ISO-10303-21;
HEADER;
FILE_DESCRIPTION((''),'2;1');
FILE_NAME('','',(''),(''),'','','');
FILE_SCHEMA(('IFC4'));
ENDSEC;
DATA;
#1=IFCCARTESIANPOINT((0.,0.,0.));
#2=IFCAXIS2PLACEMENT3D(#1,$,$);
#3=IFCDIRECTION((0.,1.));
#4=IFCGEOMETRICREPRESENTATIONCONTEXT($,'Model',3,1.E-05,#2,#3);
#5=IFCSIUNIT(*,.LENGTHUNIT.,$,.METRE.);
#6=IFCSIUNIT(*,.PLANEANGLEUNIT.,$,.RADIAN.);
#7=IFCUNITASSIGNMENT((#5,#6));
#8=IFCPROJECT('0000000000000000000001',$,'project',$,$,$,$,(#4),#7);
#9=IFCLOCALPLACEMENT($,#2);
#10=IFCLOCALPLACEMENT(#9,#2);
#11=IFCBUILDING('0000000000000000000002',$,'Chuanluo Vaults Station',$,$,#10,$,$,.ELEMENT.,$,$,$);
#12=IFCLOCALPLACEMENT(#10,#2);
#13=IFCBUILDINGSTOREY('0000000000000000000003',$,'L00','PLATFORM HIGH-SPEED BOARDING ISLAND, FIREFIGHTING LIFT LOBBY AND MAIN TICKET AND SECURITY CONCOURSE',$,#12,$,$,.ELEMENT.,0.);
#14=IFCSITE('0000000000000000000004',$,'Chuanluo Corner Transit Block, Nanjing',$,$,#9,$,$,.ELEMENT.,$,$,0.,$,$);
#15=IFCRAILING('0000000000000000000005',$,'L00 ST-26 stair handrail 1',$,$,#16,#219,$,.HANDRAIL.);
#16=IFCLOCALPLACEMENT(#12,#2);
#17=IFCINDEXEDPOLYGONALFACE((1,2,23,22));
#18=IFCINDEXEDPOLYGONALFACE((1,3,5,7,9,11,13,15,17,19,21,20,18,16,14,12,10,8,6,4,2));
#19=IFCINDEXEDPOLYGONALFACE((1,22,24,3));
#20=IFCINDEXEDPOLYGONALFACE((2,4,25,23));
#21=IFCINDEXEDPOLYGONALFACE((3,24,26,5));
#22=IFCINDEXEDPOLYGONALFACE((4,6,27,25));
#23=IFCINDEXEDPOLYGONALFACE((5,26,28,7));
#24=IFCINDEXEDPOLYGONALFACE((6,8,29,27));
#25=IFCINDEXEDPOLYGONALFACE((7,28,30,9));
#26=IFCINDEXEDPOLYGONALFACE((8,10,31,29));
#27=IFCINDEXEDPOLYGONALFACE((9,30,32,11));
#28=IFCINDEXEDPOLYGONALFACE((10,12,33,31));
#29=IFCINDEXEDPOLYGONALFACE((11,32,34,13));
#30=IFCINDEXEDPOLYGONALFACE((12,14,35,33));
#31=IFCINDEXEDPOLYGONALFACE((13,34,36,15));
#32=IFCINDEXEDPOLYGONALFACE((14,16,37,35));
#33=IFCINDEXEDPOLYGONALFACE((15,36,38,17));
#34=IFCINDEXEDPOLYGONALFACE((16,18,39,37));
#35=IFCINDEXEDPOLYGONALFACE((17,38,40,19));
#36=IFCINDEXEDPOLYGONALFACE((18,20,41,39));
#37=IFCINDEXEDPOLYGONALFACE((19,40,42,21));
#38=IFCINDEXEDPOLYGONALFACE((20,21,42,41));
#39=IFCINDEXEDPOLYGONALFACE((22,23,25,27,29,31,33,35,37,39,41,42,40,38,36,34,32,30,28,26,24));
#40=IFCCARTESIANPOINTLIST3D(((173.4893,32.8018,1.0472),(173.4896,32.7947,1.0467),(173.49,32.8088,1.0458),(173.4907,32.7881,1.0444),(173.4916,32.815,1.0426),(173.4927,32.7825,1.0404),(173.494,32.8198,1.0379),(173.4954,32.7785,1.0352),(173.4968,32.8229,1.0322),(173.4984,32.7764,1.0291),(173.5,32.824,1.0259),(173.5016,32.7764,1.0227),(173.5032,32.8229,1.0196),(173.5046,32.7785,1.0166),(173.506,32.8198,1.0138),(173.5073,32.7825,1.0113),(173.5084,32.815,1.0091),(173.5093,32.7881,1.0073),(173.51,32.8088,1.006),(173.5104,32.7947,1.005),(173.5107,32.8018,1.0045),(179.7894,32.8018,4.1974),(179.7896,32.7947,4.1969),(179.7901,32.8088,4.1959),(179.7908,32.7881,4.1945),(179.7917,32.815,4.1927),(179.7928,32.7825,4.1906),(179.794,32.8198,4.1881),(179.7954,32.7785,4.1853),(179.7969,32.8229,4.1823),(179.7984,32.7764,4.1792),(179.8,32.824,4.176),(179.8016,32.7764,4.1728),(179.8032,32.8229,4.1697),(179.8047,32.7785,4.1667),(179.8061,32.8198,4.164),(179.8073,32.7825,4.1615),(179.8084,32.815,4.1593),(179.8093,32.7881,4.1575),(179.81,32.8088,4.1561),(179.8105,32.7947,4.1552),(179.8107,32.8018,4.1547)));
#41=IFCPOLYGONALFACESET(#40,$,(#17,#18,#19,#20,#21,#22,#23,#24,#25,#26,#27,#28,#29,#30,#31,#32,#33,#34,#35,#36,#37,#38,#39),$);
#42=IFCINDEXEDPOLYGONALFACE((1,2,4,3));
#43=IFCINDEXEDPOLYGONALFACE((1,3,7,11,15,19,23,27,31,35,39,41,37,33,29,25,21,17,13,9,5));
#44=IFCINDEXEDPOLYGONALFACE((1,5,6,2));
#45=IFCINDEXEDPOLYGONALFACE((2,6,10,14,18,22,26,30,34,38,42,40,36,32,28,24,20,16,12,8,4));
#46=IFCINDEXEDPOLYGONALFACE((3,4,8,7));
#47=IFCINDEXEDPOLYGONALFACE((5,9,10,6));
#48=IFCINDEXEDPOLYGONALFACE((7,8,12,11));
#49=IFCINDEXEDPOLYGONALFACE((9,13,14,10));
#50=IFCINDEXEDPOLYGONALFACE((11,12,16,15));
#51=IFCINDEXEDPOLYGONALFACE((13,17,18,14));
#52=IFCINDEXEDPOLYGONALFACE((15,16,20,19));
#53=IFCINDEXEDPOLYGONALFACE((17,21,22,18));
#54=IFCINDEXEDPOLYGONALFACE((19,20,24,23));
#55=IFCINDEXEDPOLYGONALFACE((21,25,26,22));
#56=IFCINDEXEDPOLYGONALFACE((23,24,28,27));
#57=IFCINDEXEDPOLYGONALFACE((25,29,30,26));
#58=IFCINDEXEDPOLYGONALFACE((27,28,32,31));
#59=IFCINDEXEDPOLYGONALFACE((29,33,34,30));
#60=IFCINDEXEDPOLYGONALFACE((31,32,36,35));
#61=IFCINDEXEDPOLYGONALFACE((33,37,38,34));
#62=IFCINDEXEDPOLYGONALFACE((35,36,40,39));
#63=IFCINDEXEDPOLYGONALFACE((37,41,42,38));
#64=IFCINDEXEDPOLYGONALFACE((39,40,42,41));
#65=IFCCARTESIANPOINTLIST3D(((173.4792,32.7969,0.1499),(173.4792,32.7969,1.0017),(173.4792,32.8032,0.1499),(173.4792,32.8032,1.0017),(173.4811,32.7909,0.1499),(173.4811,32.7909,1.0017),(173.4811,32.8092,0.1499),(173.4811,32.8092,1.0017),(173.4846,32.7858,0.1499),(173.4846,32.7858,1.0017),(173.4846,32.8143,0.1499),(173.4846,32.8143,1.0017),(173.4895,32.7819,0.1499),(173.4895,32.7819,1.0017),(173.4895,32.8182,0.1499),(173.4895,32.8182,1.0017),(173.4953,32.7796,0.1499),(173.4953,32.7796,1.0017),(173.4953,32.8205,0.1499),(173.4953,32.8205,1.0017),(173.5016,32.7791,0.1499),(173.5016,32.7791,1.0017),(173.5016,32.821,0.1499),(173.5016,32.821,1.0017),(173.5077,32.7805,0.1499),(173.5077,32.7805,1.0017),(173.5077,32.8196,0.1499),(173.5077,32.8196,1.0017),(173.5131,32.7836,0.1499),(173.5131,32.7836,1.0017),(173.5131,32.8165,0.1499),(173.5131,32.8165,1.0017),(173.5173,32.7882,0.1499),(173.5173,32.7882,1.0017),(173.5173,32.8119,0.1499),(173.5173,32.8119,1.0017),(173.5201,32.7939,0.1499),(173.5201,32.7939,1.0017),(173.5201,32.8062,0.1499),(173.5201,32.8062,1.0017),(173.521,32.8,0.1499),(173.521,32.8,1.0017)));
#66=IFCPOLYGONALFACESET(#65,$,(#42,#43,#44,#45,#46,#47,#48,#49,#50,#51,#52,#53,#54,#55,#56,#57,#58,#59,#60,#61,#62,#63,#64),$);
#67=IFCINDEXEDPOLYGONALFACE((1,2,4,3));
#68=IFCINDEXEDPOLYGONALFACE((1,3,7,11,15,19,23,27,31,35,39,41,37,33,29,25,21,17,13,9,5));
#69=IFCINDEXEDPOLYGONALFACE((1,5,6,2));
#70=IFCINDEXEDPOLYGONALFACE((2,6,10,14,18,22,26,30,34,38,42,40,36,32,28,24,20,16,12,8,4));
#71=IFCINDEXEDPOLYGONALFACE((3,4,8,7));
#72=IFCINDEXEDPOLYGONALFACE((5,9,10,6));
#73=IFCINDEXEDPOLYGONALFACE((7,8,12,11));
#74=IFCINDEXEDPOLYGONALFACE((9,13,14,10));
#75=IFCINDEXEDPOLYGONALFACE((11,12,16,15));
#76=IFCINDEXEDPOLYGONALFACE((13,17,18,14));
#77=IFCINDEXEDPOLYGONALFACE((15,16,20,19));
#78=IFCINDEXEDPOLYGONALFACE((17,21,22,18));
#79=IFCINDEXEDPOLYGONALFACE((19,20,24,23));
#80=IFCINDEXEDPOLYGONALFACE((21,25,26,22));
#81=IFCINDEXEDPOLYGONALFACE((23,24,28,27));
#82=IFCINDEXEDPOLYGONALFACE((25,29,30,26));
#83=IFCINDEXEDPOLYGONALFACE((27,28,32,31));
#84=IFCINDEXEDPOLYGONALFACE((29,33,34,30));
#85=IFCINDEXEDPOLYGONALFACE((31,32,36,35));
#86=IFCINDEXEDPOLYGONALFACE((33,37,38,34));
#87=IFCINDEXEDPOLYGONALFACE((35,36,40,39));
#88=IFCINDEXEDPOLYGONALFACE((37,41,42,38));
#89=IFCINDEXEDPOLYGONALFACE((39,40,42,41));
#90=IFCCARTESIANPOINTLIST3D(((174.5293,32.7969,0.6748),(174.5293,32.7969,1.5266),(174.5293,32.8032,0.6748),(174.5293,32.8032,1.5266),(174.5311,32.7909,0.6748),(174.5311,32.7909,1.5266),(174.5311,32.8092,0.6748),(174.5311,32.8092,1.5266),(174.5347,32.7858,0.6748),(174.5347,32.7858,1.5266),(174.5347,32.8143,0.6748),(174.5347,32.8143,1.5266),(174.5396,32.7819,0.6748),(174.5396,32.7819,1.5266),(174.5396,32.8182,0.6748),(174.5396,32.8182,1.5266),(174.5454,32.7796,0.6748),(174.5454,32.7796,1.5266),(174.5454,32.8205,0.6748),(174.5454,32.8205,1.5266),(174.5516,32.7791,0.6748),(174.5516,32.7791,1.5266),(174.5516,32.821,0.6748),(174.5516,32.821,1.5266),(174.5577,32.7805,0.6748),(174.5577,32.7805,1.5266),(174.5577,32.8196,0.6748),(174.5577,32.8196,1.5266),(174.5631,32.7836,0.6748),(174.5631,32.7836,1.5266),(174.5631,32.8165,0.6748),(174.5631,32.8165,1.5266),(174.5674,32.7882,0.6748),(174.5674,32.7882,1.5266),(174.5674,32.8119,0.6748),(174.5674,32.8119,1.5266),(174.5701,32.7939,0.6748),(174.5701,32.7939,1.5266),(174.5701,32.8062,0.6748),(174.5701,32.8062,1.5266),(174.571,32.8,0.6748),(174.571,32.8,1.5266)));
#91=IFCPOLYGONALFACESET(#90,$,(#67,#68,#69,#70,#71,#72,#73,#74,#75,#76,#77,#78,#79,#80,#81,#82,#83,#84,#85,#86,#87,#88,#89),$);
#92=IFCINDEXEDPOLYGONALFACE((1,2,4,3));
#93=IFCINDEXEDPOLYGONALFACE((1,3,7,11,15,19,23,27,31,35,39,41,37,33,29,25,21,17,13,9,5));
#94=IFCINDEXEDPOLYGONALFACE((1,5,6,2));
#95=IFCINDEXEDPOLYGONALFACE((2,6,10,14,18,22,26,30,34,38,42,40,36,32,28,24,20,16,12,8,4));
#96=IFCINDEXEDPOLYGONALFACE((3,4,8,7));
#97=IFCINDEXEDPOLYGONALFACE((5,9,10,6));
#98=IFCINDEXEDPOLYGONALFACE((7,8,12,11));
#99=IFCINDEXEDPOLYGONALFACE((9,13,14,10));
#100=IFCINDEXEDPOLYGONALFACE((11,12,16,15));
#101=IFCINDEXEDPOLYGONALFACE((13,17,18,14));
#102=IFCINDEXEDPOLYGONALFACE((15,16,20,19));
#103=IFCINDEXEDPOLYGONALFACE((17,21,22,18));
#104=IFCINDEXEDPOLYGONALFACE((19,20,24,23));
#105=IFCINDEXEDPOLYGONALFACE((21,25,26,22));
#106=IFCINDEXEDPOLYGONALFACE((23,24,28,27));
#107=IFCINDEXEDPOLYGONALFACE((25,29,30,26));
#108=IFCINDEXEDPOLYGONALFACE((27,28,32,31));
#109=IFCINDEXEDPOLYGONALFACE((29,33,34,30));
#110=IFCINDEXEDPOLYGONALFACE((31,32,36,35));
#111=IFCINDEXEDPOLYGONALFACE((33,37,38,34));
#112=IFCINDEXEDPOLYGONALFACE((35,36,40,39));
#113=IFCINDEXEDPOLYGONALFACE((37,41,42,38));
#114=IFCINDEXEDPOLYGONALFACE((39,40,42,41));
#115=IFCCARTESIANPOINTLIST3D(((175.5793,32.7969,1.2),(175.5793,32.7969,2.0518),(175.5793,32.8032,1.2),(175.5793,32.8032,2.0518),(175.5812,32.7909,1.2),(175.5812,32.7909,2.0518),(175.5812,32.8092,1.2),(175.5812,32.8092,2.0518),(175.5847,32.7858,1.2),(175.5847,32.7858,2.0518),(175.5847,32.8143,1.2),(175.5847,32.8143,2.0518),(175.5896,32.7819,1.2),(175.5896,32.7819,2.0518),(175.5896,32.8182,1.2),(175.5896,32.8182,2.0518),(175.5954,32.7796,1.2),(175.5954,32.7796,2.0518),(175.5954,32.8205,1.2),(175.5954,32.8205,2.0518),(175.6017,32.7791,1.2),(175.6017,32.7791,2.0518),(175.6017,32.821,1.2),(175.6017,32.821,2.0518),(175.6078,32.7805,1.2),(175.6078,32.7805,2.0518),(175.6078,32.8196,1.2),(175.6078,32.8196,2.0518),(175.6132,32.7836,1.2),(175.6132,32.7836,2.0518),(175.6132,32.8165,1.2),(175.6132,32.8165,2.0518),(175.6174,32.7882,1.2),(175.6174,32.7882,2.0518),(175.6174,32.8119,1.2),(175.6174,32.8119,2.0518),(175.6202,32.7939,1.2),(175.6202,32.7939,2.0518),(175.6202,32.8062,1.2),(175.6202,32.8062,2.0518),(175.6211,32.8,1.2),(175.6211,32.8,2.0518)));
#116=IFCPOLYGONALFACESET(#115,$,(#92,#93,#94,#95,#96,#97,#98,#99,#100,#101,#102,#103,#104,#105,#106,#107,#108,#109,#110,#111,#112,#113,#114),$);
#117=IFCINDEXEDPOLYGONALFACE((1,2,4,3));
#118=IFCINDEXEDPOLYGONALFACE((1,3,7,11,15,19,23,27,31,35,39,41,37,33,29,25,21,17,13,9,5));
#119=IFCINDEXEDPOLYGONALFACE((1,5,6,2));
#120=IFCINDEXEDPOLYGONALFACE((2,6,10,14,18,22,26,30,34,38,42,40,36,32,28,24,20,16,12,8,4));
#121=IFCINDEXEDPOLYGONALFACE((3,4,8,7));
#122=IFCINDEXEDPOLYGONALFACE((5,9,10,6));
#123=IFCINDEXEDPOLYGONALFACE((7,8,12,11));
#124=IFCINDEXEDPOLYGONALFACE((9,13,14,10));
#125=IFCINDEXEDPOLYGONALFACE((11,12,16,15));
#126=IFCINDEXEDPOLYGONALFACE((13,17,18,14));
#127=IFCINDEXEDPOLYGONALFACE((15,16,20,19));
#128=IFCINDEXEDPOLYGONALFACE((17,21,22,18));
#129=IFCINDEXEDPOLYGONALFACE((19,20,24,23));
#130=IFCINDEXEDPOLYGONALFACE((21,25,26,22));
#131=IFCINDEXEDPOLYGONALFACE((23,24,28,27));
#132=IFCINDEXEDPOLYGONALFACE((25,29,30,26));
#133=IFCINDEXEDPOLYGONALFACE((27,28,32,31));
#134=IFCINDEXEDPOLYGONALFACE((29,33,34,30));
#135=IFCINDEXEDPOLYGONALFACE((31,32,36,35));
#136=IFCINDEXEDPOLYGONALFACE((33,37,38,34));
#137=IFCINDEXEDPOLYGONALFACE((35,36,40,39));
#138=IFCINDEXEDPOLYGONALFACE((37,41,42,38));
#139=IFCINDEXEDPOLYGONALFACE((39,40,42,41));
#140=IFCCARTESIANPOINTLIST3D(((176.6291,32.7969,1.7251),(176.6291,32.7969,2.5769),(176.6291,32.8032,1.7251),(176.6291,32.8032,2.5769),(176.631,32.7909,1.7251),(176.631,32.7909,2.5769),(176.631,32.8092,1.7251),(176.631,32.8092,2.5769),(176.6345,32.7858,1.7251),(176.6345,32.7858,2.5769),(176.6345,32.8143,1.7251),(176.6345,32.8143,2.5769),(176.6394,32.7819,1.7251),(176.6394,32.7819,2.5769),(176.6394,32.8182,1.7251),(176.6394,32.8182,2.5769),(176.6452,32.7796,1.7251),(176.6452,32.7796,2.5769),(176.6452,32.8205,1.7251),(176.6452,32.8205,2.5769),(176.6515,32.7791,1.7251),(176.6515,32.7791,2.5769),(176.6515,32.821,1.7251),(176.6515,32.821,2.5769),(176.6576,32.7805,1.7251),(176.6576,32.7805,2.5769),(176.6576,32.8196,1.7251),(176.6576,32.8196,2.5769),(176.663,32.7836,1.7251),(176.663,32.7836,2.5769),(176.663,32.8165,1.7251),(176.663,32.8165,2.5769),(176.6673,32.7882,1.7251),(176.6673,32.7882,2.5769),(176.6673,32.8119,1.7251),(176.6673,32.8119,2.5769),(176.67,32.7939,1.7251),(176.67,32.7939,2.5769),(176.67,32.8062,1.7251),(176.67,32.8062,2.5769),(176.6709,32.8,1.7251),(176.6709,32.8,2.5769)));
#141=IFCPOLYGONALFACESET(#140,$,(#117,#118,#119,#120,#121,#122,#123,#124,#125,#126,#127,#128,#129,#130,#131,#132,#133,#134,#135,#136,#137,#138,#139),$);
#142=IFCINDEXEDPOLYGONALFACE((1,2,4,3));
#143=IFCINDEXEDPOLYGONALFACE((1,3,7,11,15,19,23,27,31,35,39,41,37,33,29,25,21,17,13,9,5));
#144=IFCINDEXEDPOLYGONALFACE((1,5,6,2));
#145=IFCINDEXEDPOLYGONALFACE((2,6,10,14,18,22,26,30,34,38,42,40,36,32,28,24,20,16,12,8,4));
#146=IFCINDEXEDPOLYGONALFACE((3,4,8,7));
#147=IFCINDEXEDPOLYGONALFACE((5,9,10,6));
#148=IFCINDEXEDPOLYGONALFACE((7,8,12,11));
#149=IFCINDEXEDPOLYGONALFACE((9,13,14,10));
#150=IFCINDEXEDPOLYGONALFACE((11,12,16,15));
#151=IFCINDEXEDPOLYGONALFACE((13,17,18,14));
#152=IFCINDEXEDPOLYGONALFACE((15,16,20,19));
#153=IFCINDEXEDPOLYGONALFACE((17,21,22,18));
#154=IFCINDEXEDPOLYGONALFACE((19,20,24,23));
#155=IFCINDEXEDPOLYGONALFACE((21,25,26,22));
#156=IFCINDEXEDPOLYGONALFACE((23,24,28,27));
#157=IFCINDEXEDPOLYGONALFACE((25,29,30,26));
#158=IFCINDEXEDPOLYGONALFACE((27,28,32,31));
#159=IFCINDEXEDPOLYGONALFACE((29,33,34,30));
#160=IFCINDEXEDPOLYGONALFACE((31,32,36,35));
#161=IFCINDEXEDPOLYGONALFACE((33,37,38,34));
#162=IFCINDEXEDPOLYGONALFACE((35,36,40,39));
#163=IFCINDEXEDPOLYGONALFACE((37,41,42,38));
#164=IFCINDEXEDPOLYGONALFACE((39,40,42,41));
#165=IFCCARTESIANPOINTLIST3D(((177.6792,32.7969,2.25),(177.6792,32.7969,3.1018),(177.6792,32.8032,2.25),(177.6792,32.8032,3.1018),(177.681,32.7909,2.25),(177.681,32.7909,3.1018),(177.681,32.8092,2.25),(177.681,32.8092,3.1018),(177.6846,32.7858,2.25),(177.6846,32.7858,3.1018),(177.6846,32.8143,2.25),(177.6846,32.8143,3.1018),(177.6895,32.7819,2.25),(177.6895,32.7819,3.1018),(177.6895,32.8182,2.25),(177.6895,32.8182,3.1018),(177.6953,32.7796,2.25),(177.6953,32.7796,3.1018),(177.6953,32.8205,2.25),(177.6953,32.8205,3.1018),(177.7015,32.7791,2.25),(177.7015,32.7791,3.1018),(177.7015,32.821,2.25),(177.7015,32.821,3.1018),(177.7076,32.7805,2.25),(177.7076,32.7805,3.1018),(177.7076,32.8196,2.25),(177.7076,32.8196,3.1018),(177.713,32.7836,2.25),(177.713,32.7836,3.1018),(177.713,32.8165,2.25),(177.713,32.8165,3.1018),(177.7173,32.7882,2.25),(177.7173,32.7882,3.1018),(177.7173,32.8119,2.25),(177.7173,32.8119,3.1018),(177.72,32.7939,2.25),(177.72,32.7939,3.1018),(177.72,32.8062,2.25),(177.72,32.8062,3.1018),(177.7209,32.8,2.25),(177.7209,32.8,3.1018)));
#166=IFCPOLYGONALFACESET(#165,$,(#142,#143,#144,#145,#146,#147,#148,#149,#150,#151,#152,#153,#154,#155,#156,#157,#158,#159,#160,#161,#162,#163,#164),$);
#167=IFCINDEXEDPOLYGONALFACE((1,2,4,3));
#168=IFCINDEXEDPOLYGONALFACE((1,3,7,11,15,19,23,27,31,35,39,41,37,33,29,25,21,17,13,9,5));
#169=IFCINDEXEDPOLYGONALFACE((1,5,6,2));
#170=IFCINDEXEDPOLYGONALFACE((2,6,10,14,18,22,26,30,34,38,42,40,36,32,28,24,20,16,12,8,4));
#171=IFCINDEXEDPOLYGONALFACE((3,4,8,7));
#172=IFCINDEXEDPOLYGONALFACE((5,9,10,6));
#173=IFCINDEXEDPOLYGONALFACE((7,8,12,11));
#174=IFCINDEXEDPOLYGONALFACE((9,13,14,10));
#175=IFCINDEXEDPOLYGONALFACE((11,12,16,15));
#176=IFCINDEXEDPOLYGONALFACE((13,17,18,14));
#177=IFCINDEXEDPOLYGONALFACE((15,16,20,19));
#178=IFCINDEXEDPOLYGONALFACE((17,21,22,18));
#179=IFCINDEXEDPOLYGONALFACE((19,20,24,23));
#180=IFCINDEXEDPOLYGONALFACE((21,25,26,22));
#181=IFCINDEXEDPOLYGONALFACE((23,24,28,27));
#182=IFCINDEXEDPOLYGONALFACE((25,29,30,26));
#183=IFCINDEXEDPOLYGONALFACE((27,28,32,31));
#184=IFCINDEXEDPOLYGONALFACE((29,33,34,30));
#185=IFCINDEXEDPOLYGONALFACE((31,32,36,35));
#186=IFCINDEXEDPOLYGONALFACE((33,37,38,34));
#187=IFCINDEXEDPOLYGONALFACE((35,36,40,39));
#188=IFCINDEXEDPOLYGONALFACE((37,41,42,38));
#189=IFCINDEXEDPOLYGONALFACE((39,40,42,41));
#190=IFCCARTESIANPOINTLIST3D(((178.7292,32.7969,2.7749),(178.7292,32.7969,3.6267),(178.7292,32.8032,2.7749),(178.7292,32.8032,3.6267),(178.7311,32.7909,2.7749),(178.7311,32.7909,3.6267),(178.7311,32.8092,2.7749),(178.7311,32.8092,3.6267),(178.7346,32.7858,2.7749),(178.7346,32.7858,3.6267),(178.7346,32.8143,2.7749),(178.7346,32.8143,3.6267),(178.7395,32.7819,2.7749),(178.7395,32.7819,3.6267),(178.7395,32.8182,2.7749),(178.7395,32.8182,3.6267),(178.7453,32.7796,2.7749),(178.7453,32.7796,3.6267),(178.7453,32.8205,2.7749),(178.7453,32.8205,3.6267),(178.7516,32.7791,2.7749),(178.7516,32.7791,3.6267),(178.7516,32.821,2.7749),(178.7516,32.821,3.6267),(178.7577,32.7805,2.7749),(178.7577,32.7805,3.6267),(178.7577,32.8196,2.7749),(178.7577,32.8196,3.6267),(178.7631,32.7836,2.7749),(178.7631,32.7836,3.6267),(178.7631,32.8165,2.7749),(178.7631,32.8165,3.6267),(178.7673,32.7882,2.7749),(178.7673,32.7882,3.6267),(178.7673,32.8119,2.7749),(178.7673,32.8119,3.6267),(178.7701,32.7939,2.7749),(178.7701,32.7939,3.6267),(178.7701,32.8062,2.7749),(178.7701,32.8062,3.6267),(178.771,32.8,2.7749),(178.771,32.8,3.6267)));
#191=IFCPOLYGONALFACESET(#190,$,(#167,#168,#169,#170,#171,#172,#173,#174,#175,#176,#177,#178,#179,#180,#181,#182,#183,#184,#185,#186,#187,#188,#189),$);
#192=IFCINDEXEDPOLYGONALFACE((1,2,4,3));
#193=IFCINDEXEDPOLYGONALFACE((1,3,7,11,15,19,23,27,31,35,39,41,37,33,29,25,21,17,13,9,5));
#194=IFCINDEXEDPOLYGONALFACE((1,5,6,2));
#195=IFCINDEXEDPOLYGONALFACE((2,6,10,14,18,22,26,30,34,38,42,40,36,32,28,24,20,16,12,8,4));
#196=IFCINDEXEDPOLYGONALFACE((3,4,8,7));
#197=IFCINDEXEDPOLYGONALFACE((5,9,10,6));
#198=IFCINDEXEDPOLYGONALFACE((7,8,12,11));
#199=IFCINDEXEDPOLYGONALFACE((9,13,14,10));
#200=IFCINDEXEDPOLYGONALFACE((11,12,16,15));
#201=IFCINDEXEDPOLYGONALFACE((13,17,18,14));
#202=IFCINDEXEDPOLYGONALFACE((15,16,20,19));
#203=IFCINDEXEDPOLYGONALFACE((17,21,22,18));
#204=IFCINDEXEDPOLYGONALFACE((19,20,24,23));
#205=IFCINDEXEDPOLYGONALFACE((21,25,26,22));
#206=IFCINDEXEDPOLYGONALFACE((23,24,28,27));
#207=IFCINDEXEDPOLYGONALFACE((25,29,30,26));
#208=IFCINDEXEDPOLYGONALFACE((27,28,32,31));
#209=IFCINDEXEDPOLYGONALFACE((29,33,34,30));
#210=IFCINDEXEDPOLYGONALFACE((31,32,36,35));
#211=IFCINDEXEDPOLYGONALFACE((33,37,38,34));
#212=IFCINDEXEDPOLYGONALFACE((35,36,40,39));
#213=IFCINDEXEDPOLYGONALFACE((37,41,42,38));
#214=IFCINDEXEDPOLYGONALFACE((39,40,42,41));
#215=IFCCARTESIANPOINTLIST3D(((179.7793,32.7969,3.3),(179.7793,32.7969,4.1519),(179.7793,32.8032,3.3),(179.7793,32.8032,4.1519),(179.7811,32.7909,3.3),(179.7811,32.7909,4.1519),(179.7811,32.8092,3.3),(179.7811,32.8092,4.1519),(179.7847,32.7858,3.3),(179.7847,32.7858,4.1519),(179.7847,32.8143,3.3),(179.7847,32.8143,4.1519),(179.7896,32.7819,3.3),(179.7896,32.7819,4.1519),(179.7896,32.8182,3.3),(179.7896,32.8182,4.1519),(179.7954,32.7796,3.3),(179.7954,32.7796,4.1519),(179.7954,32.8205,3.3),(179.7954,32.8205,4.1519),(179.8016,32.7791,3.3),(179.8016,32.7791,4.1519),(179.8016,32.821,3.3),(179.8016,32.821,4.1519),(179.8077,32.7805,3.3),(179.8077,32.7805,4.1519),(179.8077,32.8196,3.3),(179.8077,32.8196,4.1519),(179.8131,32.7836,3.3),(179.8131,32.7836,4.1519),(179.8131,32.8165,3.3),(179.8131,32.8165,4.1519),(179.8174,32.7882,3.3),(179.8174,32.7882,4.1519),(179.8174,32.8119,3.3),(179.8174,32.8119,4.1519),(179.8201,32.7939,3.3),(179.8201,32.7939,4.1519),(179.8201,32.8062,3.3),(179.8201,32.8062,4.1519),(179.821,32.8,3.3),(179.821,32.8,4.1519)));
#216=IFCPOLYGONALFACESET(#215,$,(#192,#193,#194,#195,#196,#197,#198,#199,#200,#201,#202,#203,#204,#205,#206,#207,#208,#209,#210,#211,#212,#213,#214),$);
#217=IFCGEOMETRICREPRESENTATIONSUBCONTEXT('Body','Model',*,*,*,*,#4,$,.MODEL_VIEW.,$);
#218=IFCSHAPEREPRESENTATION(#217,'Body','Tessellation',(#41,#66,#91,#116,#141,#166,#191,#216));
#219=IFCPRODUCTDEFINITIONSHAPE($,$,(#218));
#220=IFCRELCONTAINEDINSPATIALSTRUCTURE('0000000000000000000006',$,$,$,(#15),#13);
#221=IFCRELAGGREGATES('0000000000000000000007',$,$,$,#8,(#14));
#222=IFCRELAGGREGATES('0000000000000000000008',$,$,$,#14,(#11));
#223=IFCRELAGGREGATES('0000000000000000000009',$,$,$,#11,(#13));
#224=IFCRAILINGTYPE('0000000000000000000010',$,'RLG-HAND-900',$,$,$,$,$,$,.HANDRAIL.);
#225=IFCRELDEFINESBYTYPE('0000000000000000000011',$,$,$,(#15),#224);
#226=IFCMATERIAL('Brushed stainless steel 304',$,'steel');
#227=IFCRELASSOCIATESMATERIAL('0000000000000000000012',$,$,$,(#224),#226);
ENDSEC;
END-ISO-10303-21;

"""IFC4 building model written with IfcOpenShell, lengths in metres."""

from ifc_helpers import new_model, si_unit, direction, frame, origin, origin_2d, place, context, subcontext, project, spatial, circle, extrude, material, type_object, element, save


model = new_model("IFC4")

# Units and contexts
model_context = context("Model", 3, precision=1e-05, world=origin(), true_north=direction((0.0, 1.0)))
body_context = subcontext(model_context, "Body", "Model", "MODEL_VIEW")
ifc_project = project(units=[si_unit("LENGTHUNIT", "METRE"), si_unit("PLANEANGLEUNIT", "RADIAN")], contexts=[model_context])

# Site, building, storey
site_placement = place(None, origin())
site = spatial("IfcSite", under=ifc_project, at=site_placement, Name="Chuanluo Corner Transit Block, Nanjing", CompositionType="ELEMENT", RefElevation=0.0)
building_placement = place(site_placement, origin())
building = spatial("IfcBuilding", under=site, at=building_placement, Name="Chuanluo Vaults Station", CompositionType="ELEMENT")
storey_placement = place(building_placement, origin())
storey = spatial("IfcBuildingStorey", under=building, at=storey_placement, Name="L00", Description="PLATFORM HIGH-SPEED BOARDING ISLAND, FIREFIGHTING LIFT LOBBY AND MAIN TICKET AND SECURITY CONCOURSE", CompositionType="ELEMENT", Elevation=0.0)

# Railing
ifc_material_1 = material(Name="Brushed stainless steel 304", Category="steel")
railing_type_1 = type_object("IfcRailingType", Name="RLG-HAND-900", PredefinedType="HANDRAIL", material=ifc_material_1)
railing_1_placement = place(storey_placement, frame((173.5, 32.8, 0.1499)))
element("IfcRailing", 1, at=railing_1_placement, inside=storey, type_object=railing_type_1, Name="L00 ST-26 stair handrail 1", PredefinedType="HANDRAIL", context=body_context, shape_type="SweptSolid", body=[
    extrude(circle(Radius=0.0239, at=origin_2d()), frame((0.0, 0.0, 0.876), z_axis=(0.89442, 0.0, 0.447227), x_axis=(0.0, 1.0, 0.0)), (0.0, 0.0, 1.0), 7.0437),
    extrude(circle(Radius=0.021, at=origin_2d()), origin(), (0.0, 0.0, 1.0), 0.8518),
    extrude(circle(Radius=0.021, at=origin_2d()), frame((1.05, 0.0, 0.5249)), (0.0, 0.0, 1.0), 0.8518),
    extrude(circle(Radius=0.021, at=origin_2d()), frame((2.1001, 0.0, 1.05)), (0.0, 0.0, 1.0), 0.8518),
    extrude(circle(Radius=0.021, at=origin_2d()), frame((3.1499, 0.0, 1.5752)), (0.0, 0.0, 1.0), 0.8518),
    extrude(circle(Radius=0.021, at=origin_2d()), frame((4.2, 0.0, 2.1001)), (0.0, 0.0, 1.0), 0.8518),
    extrude(circle(Radius=0.021, at=origin_2d()), frame((5.25, 0.0, 2.625)), (0.0, 0.0, 1.0), 0.8518),
    extrude(circle(Radius=0.021, at=origin_2d()), frame((6.3, 0.0, 3.1501)), (0.0, 0.0, 1.0), 0.8518),
])

save(model, "model.ifc")
